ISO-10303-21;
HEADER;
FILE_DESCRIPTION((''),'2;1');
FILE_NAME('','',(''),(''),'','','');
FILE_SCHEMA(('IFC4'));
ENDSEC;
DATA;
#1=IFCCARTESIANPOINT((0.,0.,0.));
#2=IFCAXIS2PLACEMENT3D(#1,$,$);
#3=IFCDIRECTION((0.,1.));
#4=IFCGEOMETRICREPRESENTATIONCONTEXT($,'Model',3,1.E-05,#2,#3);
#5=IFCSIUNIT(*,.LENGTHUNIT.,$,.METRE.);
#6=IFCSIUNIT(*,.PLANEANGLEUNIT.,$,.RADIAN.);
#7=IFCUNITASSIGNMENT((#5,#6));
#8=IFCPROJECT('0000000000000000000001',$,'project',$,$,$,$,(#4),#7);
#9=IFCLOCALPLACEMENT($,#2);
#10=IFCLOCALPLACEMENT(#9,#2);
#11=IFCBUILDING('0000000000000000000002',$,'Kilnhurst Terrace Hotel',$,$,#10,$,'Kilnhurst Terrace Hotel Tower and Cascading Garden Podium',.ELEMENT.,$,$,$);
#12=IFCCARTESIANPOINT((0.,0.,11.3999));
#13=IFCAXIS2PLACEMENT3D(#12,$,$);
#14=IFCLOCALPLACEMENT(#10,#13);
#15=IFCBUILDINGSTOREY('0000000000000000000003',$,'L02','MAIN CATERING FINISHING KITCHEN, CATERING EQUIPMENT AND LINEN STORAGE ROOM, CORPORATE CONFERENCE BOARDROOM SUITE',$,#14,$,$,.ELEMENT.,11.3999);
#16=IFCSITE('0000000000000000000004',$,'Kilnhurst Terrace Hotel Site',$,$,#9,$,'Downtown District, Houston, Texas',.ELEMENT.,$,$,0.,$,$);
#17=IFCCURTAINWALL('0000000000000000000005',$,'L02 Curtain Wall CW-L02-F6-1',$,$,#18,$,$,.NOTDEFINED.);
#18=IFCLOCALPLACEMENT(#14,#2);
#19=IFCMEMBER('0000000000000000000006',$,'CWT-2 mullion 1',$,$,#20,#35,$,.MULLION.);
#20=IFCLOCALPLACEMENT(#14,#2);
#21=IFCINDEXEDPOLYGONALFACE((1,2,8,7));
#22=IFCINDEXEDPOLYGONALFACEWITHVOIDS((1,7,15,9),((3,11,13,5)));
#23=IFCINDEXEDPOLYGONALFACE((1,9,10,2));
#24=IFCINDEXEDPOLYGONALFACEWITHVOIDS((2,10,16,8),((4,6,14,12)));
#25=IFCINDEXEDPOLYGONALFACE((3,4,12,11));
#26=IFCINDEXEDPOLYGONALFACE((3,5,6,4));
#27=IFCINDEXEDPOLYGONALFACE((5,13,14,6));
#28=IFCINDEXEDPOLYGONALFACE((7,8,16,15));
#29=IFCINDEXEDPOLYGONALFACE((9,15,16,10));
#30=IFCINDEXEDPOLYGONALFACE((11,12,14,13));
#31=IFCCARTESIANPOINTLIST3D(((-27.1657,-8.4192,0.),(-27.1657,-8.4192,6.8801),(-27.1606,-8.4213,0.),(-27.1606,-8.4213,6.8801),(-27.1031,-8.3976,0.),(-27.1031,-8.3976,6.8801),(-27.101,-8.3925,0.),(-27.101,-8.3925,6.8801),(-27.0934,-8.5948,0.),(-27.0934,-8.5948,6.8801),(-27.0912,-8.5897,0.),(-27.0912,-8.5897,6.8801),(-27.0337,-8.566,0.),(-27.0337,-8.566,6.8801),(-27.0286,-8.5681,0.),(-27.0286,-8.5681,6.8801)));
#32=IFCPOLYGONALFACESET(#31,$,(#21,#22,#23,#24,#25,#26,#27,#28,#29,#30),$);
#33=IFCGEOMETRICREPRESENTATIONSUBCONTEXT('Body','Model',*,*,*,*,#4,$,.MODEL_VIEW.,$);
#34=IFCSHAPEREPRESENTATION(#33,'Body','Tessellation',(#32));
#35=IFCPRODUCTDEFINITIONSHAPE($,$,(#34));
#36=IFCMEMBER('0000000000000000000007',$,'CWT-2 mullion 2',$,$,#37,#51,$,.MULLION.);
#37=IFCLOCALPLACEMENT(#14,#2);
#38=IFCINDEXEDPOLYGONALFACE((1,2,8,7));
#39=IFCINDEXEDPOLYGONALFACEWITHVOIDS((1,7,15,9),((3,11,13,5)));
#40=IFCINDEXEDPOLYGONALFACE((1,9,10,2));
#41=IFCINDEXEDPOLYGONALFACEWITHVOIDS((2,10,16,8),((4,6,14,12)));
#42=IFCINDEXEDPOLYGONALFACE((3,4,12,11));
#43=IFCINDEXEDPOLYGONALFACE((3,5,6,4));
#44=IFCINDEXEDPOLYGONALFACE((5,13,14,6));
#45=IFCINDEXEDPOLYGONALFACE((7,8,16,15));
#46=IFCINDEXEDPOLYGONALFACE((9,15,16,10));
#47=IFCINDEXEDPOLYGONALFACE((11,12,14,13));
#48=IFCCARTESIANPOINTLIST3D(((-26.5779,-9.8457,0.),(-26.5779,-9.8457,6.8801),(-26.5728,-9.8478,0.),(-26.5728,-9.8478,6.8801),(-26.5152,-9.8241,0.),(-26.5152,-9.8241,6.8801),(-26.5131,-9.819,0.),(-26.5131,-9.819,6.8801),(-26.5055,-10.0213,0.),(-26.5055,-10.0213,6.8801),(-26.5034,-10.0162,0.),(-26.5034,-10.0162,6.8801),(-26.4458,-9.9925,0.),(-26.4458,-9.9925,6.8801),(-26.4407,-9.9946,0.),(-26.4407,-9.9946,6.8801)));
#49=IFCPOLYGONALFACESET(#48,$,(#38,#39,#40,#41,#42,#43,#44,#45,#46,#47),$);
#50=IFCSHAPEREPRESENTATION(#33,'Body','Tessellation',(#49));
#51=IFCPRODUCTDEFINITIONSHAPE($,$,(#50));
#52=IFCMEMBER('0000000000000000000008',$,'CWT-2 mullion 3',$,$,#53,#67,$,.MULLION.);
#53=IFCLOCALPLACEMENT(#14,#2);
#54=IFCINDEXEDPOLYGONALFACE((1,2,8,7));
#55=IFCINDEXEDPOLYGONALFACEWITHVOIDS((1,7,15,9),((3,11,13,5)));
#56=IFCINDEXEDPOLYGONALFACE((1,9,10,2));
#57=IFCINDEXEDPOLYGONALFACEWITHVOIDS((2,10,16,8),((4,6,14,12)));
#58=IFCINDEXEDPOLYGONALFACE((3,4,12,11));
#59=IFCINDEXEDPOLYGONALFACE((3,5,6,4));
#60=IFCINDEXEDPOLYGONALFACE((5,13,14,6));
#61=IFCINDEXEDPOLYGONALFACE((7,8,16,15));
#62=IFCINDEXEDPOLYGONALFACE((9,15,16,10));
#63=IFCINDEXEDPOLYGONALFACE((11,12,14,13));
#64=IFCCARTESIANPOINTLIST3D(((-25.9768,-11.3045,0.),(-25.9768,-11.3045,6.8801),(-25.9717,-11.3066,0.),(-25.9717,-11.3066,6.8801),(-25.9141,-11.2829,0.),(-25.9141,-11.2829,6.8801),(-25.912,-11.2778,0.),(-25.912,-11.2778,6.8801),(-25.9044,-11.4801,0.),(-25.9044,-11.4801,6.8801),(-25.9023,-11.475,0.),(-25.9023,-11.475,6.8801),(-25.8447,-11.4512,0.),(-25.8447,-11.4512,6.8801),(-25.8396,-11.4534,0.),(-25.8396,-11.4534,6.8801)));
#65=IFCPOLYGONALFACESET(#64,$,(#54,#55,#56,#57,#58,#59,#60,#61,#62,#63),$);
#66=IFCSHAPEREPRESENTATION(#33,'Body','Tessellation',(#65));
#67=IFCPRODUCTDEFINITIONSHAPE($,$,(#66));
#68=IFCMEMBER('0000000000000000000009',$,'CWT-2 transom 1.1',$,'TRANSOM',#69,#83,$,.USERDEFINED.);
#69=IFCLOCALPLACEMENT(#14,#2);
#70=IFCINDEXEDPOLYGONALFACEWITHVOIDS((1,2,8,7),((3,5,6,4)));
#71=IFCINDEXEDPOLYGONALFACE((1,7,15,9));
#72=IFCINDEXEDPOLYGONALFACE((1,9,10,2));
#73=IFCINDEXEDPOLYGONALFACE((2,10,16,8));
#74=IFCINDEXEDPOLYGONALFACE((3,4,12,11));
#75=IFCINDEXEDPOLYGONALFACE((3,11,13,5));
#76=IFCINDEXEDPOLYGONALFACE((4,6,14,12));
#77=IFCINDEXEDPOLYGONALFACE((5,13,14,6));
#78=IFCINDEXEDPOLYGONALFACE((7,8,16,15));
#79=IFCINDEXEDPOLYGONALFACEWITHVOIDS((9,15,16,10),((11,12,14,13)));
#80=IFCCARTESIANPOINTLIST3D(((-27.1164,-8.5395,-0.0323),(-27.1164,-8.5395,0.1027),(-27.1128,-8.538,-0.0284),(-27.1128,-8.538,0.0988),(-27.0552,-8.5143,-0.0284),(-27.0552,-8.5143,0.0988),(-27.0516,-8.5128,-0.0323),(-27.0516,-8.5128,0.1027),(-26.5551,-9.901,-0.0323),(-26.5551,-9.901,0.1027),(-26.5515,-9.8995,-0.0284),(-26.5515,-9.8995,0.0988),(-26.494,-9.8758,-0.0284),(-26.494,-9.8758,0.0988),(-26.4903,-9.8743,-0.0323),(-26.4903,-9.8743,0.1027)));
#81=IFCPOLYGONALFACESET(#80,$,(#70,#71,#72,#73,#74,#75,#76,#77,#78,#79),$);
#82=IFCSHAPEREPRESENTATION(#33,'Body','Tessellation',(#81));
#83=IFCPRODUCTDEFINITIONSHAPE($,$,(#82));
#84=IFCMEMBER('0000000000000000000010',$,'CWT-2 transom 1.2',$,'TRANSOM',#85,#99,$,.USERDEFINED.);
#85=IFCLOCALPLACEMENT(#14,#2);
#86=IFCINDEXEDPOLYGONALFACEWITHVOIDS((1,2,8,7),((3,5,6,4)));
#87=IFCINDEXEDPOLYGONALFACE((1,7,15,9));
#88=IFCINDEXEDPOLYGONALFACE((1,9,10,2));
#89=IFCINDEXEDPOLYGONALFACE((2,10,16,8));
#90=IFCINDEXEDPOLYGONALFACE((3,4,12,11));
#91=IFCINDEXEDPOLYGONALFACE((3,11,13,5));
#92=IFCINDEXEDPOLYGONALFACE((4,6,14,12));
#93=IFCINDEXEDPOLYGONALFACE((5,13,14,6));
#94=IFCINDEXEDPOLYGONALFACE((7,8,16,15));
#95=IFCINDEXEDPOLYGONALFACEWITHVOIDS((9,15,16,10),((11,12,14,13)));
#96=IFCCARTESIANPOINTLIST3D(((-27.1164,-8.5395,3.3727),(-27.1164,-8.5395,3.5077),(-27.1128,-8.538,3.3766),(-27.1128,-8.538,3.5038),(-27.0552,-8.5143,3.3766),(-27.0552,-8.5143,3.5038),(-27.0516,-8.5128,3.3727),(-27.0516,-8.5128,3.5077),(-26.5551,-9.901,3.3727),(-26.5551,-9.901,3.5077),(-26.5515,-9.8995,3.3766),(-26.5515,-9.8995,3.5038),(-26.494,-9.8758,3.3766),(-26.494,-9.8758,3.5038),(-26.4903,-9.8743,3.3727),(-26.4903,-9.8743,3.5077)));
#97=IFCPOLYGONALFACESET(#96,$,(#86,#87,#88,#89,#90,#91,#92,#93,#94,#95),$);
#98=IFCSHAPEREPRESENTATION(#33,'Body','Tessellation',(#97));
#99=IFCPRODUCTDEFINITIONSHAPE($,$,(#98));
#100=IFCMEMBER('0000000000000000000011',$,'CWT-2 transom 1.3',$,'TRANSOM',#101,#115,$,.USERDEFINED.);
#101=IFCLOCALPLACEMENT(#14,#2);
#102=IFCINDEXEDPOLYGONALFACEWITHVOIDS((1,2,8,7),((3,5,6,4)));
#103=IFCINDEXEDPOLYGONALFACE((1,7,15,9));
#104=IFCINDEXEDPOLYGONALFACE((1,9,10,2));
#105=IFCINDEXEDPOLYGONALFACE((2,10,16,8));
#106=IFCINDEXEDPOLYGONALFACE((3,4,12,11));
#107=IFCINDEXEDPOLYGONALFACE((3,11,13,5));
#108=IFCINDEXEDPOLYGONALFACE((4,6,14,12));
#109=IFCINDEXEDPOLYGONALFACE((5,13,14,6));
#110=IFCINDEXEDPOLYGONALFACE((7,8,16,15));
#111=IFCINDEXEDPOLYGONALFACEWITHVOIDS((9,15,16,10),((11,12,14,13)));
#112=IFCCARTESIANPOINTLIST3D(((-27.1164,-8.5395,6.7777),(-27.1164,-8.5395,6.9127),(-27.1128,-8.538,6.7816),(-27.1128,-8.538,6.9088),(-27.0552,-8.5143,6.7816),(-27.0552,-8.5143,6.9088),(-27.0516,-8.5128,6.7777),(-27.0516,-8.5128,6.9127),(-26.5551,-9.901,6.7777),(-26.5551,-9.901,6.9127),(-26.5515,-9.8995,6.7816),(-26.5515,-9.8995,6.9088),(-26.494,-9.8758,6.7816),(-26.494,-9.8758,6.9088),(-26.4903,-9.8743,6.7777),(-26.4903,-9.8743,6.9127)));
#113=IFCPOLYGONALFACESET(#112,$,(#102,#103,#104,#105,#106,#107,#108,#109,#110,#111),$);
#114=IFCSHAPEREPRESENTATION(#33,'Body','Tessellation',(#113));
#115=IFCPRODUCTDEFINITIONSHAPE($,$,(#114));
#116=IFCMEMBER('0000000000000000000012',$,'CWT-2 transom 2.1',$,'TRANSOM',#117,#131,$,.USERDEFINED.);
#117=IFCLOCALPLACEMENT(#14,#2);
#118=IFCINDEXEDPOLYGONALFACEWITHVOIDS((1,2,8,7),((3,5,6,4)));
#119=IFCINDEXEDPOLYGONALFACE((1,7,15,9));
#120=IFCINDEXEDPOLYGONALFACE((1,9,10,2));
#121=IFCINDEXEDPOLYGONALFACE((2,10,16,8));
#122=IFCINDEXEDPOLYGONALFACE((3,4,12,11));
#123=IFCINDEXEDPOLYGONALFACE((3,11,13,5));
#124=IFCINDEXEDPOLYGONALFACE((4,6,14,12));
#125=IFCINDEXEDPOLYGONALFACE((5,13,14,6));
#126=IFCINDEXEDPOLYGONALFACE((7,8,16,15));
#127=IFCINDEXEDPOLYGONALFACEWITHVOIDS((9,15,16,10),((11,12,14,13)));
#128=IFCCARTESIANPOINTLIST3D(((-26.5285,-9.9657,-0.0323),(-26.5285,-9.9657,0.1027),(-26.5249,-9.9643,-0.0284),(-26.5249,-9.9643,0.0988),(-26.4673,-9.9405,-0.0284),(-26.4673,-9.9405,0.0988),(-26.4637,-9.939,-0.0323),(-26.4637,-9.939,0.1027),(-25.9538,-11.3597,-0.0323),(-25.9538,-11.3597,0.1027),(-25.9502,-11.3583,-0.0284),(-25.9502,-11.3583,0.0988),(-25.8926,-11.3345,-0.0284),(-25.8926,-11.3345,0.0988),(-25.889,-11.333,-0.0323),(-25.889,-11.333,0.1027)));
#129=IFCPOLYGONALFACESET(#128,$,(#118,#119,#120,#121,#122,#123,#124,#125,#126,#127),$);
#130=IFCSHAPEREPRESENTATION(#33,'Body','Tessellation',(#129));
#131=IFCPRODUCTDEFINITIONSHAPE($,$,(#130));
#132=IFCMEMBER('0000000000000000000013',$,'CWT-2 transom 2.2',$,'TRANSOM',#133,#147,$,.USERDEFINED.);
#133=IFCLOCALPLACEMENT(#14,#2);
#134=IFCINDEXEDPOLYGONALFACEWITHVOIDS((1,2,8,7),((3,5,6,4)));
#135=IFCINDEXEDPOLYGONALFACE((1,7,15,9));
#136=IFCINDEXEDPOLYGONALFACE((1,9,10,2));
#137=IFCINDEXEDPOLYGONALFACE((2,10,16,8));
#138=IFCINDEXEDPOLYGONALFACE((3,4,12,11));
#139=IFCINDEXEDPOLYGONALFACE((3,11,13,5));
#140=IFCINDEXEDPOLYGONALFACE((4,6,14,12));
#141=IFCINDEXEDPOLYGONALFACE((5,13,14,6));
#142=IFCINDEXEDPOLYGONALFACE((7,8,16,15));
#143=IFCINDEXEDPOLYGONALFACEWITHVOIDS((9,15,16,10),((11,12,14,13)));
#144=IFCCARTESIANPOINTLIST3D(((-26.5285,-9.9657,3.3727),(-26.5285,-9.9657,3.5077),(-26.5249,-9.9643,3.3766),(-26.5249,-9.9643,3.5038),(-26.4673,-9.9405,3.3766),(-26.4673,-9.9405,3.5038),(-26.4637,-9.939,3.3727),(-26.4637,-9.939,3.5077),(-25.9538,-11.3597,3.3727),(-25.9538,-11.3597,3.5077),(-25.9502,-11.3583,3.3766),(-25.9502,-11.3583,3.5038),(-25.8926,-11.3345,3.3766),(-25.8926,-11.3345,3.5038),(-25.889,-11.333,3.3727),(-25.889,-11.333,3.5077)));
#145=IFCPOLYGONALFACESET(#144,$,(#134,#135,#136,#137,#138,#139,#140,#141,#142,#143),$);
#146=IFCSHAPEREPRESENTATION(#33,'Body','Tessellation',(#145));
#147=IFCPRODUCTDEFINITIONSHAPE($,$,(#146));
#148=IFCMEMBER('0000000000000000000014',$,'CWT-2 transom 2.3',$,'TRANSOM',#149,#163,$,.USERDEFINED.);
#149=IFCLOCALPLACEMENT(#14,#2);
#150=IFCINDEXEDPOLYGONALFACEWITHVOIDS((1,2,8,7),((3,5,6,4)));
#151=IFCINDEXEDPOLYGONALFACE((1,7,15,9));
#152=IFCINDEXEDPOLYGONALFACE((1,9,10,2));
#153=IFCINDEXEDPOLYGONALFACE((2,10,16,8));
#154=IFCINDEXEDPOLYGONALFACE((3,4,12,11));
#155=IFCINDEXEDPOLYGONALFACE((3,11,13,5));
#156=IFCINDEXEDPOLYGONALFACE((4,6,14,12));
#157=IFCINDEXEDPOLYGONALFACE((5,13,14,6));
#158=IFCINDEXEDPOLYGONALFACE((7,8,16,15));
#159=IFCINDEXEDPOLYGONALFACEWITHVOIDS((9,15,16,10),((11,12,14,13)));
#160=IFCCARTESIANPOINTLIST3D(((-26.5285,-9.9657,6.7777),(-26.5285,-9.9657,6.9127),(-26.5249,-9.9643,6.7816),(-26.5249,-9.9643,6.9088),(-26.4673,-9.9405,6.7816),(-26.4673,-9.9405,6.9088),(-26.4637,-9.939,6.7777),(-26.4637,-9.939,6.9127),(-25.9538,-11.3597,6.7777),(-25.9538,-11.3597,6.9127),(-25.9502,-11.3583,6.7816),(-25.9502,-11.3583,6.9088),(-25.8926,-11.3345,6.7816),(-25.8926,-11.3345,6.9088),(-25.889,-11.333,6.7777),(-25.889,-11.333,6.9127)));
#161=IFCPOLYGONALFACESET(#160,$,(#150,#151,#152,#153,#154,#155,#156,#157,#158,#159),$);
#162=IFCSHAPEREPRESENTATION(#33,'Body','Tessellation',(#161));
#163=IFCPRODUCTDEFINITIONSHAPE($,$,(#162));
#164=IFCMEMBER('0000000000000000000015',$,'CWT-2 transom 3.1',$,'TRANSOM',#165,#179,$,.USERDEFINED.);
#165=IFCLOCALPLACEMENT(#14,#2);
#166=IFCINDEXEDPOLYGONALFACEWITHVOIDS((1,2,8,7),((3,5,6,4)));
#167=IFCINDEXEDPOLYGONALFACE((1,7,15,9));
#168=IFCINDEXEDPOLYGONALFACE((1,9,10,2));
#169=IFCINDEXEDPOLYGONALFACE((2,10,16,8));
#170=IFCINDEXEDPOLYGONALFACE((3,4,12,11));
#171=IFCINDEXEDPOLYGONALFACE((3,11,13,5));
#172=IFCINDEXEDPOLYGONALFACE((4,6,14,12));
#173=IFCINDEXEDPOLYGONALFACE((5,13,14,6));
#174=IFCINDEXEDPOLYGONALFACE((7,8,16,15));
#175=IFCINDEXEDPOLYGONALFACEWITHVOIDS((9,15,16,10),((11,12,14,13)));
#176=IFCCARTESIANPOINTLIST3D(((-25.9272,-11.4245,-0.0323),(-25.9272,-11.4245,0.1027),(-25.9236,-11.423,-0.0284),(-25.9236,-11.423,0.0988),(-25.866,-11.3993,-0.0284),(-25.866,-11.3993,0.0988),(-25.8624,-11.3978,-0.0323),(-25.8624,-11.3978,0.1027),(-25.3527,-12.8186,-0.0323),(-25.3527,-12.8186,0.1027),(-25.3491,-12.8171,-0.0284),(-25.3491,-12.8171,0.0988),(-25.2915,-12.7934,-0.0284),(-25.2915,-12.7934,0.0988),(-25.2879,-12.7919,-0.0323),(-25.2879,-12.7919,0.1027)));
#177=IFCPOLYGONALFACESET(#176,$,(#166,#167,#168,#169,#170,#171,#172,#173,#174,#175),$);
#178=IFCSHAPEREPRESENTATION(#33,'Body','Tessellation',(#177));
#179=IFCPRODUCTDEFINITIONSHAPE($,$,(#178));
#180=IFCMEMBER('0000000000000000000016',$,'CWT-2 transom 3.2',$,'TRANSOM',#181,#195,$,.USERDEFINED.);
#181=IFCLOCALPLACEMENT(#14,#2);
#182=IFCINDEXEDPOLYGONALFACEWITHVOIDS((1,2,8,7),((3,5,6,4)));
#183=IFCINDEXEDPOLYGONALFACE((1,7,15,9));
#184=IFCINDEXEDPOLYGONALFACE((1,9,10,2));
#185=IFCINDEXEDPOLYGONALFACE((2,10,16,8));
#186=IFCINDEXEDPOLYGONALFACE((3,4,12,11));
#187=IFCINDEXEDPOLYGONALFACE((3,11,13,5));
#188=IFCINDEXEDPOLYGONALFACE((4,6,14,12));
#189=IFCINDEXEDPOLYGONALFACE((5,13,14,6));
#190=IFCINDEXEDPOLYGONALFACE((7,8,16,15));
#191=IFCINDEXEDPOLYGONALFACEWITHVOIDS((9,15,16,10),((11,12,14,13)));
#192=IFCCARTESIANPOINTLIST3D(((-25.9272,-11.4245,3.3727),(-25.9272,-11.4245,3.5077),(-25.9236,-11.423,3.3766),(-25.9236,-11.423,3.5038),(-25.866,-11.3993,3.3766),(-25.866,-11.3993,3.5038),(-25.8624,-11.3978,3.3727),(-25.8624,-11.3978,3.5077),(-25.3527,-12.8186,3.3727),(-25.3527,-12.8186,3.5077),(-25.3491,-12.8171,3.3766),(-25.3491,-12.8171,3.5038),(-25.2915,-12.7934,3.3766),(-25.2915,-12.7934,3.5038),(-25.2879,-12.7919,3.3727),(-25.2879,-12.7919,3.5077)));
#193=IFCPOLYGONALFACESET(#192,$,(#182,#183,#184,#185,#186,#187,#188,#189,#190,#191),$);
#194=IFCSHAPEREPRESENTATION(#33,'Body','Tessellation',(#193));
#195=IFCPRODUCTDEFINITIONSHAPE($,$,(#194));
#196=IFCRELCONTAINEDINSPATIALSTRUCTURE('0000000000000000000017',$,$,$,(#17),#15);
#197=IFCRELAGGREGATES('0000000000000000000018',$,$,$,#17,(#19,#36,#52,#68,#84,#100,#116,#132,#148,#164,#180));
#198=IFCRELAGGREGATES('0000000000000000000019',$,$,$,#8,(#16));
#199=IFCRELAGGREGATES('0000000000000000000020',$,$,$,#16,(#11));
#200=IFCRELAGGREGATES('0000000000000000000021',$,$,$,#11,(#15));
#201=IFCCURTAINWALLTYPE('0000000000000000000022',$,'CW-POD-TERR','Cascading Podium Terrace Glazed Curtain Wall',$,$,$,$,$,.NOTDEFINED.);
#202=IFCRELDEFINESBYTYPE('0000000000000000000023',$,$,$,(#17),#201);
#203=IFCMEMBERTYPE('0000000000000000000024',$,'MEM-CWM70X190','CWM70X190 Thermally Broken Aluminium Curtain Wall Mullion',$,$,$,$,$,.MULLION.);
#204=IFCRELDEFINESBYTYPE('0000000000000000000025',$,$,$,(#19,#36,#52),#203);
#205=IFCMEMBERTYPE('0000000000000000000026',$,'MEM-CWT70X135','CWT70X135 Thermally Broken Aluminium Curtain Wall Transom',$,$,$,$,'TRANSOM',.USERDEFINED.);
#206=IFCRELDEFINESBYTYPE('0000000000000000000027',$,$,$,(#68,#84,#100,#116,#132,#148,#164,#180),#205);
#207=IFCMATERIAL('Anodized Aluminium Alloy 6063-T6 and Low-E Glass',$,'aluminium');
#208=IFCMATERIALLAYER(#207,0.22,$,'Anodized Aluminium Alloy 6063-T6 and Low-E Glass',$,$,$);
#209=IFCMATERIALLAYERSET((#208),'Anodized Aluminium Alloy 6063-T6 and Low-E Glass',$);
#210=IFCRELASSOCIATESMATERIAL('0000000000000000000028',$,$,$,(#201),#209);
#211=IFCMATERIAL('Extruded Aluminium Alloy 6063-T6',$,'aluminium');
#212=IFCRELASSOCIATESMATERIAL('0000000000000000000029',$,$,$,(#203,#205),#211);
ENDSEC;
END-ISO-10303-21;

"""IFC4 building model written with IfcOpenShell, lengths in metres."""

from ifc_helpers import new_model, si_unit, direction, frame, origin, origin_2d, place, context, subcontext, project, spatial, hollow_rectangle, extrude, material, layer, layer_set, material_profile, profile_set, type_object, element, aggregate, save


model = new_model("IFC4")

# Units and contexts
model_context = context("Model", 3, precision=1e-05, world=origin(), true_north=direction((0.0, 1.0)))
body_context = subcontext(model_context, "Body", "Model", "MODEL_VIEW")
ifc_project = project(units=[si_unit("LENGTHUNIT", "METRE"), si_unit("PLANEANGLEUNIT", "RADIAN")], contexts=[model_context])

# Site, building, storey
site_placement = place(None, origin())
site = spatial("IfcSite", under=ifc_project, at=site_placement, Name="Kilnhurst Terrace Hotel Site", LongName="Downtown District, Houston, Texas", CompositionType="ELEMENT", RefElevation=0.0)
building_placement = place(site_placement, origin())
building = spatial("IfcBuilding", under=site, at=building_placement, Name="Kilnhurst Terrace Hotel", LongName="Kilnhurst Terrace Hotel Tower and Cascading Garden Podium", CompositionType="ELEMENT")
storey_placement = place(building_placement, frame((0.0, 0.0, 11.3999)))
storey = spatial("IfcBuildingStorey", under=building, at=storey_placement, Name="L02", Description="MAIN CATERING FINISHING KITCHEN, CATERING EQUIPMENT AND LINEN STORAGE ROOM, CORPORATE CONFERENCE BOARDROOM SUITE", CompositionType="ELEMENT", Elevation=11.3999)

# Curtain wall, members
ifc_material_1 = material(Name="Anodized Aluminium Alloy 6063-T6 and Low-E Glass", Category="aluminium")
ifc_layer_1 = layer(ifc_material_1, 0.22, Name="Anodized Aluminium Alloy 6063-T6 and Low-E Glass")
ifc_layer_set_1 = layer_set([ifc_layer_1], Name="Anodized Aluminium Alloy 6063-T6 and Low-E Glass")
curtain_wall_type = type_object("IfcCurtainWallType", Name="CW-POD-TERR", Description="Cascading Podium Terrace Glazed Curtain Wall", PredefinedType="NOTDEFINED", material=ifc_layer_set_1)
curtain_wall_placement = place(storey_placement, origin())
curtain_wall = element("IfcCurtainWall", 1, at=curtain_wall_placement, inside=storey, type_object=curtain_wall_type, Name="L02 Curtain Wall CW-L02-F6-1", PredefinedType="NOTDEFINED")
ifc_material_2 = material(Name="Extruded Aluminium Alloy 6063-T6", Category="aluminium")
ifc_material_profile_1 = material_profile(ifc_material_2, hollow_rectangle(XDim=0.0701, YDim=0.1899, WallThickness=0.0039, at=origin_2d()), Name="CWM70X190")
ifc_profile_set_1 = profile_set([ifc_material_profile_1], Name="Extruded Aluminium Alloy 6063-T6")
member_type_1 = type_object("IfcMemberType", Name="MEM-CWM70X190", Description="CWM70X190 Thermally Broken Aluminium Curtain Wall Mullion", PredefinedType="MULLION", material=ifc_profile_set_1)
member_1_placement = place(storey_placement, frame((-27.0972, -8.4937, 0.0), z_axis=(0.0, 0.0, 1.0), x_axis=(0.924545, 0.381073, 0.0)))
member_1 = element("IfcMember", 2, at=member_1_placement, type_object=member_type_1, Name="CWT-2 mullion 1", PredefinedType="MULLION", context=body_context, shape_type="SweptSolid", body=[
    extrude(hollow_rectangle(XDim=0.0701, YDim=0.1899, WallThickness=0.0039, at=origin_2d()), origin(), (0.0, 0.0, 1.0), 6.8801),
])
member_2_placement = place(storey_placement, frame((-26.5093, -9.9202, 0.0), z_axis=(0.0, 0.0, 1.0), x_axis=(0.924545, 0.381073, 0.0)))
member_2 = element("IfcMember", 3, at=member_2_placement, type_object=member_type_1, Name="CWT-2 mullion 2", PredefinedType="MULLION", context=body_context, shape_type="SweptSolid", body=[
    extrude(hollow_rectangle(XDim=0.0701, YDim=0.1899, WallThickness=0.0039, at=origin_2d()), origin(), (0.0, 0.0, 1.0), 6.8801),
])
member_3_placement = place(storey_placement, frame((-25.9082, -11.3789, 0.0), z_axis=(0.0, 0.0, 1.0), x_axis=(0.924545, 0.381073, 0.0)))
member_3 = element("IfcMember", 4, at=member_3_placement, type_object=member_type_1, Name="CWT-2 mullion 3", PredefinedType="MULLION", context=body_context, shape_type="SweptSolid", body=[
    extrude(hollow_rectangle(XDim=0.0701, YDim=0.1899, WallThickness=0.0039, at=origin_2d()), origin(), (0.0, 0.0, 1.0), 6.8801),
])
ifc_material_profile_2 = material_profile(ifc_material_2, hollow_rectangle(XDim=0.0701, YDim=0.135, WallThickness=0.0039, at=origin_2d()), Name="CWT70X135")
ifc_profile_set_2 = profile_set([ifc_material_profile_2], Name="Extruded Aluminium Alloy 6063-T6")
member_type_2 = type_object("IfcMemberType", Name="MEM-CWT70X135", Description="CWT70X135 Thermally Broken Aluminium Curtain Wall Transom", ElementType="TRANSOM", PredefinedType="USERDEFINED", material=ifc_profile_set_2)
member_4_placement = place(storey_placement, frame((-27.084, -8.5261, 0.0352), z_axis=(0.381117, -0.924527, 0.0), x_axis=(0.924527, 0.381117, 0.0)))
member_4 = element("IfcMember", 5, at=member_4_placement, type_object=member_type_2, Name="CWT-2 transom 1.1", ObjectType="TRANSOM", PredefinedType="USERDEFINED", context=body_context, shape_type="SweptSolid", body=[
    extrude(hollow_rectangle(XDim=0.0701, YDim=0.135, WallThickness=0.0039, at=origin_2d()), origin(), (0.0, 0.0, 1.0), 1.4727),
])
member_5_placement = place(storey_placement, frame((-27.084, -8.5261, 3.4402), z_axis=(0.381117, -0.924527, 0.0), x_axis=(0.924527, 0.381117, 0.0)))
member_5 = element("IfcMember", 6, at=member_5_placement, type_object=member_type_2, Name="CWT-2 transom 1.2", ObjectType="TRANSOM", PredefinedType="USERDEFINED", context=body_context, shape_type="SweptSolid", body=[
    extrude(hollow_rectangle(XDim=0.0701, YDim=0.135, WallThickness=0.0039, at=origin_2d()), origin(), (0.0, 0.0, 1.0), 1.4727),
])
member_6_placement = place(storey_placement, frame((-27.084, -8.5261, 6.8452), z_axis=(0.381117, -0.924527, 0.0), x_axis=(0.924527, 0.381117, 0.0)))
member_6 = element("IfcMember", 7, at=member_6_placement, type_object=member_type_2, Name="CWT-2 transom 1.3", ObjectType="TRANSOM", PredefinedType="USERDEFINED", context=body_context, shape_type="SweptSolid", body=[
    extrude(hollow_rectangle(XDim=0.0701, YDim=0.135, WallThickness=0.0039, at=origin_2d()), origin(), (0.0, 0.0, 1.0), 1.4727),
])
member_7_placement = place(storey_placement, frame((-26.4961, -9.9524, 0.0352), z_axis=(0.381141, -0.924517, 0.0), x_axis=(0.924517, 0.381141, 0.0)))
member_7 = element("IfcMember", 8, at=member_7_placement, type_object=member_type_2, Name="CWT-2 transom 2.1", ObjectType="TRANSOM", PredefinedType="USERDEFINED", context=body_context, shape_type="SweptSolid", body=[
    extrude(hollow_rectangle(XDim=0.0701, YDim=0.135, WallThickness=0.0039, at=origin_2d()), origin(), (0.0, 0.0, 1.0), 1.5078),
])
member_8_placement = place(storey_placement, frame((-26.4961, -9.9524, 3.4402), z_axis=(0.381141, -0.924517, 0.0), x_axis=(0.924517, 0.381141, 0.0)))
member_8 = element("IfcMember", 9, at=member_8_placement, type_object=member_type_2, Name="CWT-2 transom 2.2", ObjectType="TRANSOM", PredefinedType="USERDEFINED", context=body_context, shape_type="SweptSolid", body=[
    extrude(hollow_rectangle(XDim=0.0701, YDim=0.135, WallThickness=0.0039, at=origin_2d()), origin(), (0.0, 0.0, 1.0), 1.5078),
])
member_9_placement = place(storey_placement, frame((-26.4961, -9.9524, 6.8452), z_axis=(0.381141, -0.924517, 0.0), x_axis=(0.924517, 0.381141, 0.0)))
member_9 = element("IfcMember", 10, at=member_9_placement, type_object=member_type_2, Name="CWT-2 transom 2.3", ObjectType="TRANSOM", PredefinedType="USERDEFINED", context=body_context, shape_type="SweptSolid", body=[
    extrude(hollow_rectangle(XDim=0.0701, YDim=0.135, WallThickness=0.0039, at=origin_2d()), origin(), (0.0, 0.0, 1.0), 1.5078),
])
member_10_placement = place(storey_placement, frame((-25.8948, -11.4111, 0.0352), z_axis=(0.381002, -0.924574, 0.0), x_axis=(0.924574, 0.381002, 0.0)))
member_10 = element("IfcMember", 11, at=member_10_placement, type_object=member_type_2, Name="CWT-2 transom 3.1", ObjectType="TRANSOM", PredefinedType="USERDEFINED", context=body_context, shape_type="SweptSolid", body=[
    extrude(hollow_rectangle(XDim=0.0701, YDim=0.135, WallThickness=0.0039, at=origin_2d()), origin(), (0.0, 0.0, 1.0), 1.5078),
])
member_11_placement = place(storey_placement, frame((-25.8948, -11.4111, 3.4402), z_axis=(0.381002, -0.924574, 0.0), x_axis=(0.924574, 0.381002, 0.0)))
member_11 = element("IfcMember", 12, at=member_11_placement, type_object=member_type_2, Name="CWT-2 transom 3.2", ObjectType="TRANSOM", PredefinedType="USERDEFINED", context=body_context, shape_type="SweptSolid", body=[
    extrude(hollow_rectangle(XDim=0.0701, YDim=0.135, WallThickness=0.0039, at=origin_2d()), origin(), (0.0, 0.0, 1.0), 1.5078),
])
aggregate(curtain_wall, [member_1, member_2, member_3, member_4, member_5, member_6, member_7, member_8, member_9, member_10, member_11])

save(model, "model.ifc")
